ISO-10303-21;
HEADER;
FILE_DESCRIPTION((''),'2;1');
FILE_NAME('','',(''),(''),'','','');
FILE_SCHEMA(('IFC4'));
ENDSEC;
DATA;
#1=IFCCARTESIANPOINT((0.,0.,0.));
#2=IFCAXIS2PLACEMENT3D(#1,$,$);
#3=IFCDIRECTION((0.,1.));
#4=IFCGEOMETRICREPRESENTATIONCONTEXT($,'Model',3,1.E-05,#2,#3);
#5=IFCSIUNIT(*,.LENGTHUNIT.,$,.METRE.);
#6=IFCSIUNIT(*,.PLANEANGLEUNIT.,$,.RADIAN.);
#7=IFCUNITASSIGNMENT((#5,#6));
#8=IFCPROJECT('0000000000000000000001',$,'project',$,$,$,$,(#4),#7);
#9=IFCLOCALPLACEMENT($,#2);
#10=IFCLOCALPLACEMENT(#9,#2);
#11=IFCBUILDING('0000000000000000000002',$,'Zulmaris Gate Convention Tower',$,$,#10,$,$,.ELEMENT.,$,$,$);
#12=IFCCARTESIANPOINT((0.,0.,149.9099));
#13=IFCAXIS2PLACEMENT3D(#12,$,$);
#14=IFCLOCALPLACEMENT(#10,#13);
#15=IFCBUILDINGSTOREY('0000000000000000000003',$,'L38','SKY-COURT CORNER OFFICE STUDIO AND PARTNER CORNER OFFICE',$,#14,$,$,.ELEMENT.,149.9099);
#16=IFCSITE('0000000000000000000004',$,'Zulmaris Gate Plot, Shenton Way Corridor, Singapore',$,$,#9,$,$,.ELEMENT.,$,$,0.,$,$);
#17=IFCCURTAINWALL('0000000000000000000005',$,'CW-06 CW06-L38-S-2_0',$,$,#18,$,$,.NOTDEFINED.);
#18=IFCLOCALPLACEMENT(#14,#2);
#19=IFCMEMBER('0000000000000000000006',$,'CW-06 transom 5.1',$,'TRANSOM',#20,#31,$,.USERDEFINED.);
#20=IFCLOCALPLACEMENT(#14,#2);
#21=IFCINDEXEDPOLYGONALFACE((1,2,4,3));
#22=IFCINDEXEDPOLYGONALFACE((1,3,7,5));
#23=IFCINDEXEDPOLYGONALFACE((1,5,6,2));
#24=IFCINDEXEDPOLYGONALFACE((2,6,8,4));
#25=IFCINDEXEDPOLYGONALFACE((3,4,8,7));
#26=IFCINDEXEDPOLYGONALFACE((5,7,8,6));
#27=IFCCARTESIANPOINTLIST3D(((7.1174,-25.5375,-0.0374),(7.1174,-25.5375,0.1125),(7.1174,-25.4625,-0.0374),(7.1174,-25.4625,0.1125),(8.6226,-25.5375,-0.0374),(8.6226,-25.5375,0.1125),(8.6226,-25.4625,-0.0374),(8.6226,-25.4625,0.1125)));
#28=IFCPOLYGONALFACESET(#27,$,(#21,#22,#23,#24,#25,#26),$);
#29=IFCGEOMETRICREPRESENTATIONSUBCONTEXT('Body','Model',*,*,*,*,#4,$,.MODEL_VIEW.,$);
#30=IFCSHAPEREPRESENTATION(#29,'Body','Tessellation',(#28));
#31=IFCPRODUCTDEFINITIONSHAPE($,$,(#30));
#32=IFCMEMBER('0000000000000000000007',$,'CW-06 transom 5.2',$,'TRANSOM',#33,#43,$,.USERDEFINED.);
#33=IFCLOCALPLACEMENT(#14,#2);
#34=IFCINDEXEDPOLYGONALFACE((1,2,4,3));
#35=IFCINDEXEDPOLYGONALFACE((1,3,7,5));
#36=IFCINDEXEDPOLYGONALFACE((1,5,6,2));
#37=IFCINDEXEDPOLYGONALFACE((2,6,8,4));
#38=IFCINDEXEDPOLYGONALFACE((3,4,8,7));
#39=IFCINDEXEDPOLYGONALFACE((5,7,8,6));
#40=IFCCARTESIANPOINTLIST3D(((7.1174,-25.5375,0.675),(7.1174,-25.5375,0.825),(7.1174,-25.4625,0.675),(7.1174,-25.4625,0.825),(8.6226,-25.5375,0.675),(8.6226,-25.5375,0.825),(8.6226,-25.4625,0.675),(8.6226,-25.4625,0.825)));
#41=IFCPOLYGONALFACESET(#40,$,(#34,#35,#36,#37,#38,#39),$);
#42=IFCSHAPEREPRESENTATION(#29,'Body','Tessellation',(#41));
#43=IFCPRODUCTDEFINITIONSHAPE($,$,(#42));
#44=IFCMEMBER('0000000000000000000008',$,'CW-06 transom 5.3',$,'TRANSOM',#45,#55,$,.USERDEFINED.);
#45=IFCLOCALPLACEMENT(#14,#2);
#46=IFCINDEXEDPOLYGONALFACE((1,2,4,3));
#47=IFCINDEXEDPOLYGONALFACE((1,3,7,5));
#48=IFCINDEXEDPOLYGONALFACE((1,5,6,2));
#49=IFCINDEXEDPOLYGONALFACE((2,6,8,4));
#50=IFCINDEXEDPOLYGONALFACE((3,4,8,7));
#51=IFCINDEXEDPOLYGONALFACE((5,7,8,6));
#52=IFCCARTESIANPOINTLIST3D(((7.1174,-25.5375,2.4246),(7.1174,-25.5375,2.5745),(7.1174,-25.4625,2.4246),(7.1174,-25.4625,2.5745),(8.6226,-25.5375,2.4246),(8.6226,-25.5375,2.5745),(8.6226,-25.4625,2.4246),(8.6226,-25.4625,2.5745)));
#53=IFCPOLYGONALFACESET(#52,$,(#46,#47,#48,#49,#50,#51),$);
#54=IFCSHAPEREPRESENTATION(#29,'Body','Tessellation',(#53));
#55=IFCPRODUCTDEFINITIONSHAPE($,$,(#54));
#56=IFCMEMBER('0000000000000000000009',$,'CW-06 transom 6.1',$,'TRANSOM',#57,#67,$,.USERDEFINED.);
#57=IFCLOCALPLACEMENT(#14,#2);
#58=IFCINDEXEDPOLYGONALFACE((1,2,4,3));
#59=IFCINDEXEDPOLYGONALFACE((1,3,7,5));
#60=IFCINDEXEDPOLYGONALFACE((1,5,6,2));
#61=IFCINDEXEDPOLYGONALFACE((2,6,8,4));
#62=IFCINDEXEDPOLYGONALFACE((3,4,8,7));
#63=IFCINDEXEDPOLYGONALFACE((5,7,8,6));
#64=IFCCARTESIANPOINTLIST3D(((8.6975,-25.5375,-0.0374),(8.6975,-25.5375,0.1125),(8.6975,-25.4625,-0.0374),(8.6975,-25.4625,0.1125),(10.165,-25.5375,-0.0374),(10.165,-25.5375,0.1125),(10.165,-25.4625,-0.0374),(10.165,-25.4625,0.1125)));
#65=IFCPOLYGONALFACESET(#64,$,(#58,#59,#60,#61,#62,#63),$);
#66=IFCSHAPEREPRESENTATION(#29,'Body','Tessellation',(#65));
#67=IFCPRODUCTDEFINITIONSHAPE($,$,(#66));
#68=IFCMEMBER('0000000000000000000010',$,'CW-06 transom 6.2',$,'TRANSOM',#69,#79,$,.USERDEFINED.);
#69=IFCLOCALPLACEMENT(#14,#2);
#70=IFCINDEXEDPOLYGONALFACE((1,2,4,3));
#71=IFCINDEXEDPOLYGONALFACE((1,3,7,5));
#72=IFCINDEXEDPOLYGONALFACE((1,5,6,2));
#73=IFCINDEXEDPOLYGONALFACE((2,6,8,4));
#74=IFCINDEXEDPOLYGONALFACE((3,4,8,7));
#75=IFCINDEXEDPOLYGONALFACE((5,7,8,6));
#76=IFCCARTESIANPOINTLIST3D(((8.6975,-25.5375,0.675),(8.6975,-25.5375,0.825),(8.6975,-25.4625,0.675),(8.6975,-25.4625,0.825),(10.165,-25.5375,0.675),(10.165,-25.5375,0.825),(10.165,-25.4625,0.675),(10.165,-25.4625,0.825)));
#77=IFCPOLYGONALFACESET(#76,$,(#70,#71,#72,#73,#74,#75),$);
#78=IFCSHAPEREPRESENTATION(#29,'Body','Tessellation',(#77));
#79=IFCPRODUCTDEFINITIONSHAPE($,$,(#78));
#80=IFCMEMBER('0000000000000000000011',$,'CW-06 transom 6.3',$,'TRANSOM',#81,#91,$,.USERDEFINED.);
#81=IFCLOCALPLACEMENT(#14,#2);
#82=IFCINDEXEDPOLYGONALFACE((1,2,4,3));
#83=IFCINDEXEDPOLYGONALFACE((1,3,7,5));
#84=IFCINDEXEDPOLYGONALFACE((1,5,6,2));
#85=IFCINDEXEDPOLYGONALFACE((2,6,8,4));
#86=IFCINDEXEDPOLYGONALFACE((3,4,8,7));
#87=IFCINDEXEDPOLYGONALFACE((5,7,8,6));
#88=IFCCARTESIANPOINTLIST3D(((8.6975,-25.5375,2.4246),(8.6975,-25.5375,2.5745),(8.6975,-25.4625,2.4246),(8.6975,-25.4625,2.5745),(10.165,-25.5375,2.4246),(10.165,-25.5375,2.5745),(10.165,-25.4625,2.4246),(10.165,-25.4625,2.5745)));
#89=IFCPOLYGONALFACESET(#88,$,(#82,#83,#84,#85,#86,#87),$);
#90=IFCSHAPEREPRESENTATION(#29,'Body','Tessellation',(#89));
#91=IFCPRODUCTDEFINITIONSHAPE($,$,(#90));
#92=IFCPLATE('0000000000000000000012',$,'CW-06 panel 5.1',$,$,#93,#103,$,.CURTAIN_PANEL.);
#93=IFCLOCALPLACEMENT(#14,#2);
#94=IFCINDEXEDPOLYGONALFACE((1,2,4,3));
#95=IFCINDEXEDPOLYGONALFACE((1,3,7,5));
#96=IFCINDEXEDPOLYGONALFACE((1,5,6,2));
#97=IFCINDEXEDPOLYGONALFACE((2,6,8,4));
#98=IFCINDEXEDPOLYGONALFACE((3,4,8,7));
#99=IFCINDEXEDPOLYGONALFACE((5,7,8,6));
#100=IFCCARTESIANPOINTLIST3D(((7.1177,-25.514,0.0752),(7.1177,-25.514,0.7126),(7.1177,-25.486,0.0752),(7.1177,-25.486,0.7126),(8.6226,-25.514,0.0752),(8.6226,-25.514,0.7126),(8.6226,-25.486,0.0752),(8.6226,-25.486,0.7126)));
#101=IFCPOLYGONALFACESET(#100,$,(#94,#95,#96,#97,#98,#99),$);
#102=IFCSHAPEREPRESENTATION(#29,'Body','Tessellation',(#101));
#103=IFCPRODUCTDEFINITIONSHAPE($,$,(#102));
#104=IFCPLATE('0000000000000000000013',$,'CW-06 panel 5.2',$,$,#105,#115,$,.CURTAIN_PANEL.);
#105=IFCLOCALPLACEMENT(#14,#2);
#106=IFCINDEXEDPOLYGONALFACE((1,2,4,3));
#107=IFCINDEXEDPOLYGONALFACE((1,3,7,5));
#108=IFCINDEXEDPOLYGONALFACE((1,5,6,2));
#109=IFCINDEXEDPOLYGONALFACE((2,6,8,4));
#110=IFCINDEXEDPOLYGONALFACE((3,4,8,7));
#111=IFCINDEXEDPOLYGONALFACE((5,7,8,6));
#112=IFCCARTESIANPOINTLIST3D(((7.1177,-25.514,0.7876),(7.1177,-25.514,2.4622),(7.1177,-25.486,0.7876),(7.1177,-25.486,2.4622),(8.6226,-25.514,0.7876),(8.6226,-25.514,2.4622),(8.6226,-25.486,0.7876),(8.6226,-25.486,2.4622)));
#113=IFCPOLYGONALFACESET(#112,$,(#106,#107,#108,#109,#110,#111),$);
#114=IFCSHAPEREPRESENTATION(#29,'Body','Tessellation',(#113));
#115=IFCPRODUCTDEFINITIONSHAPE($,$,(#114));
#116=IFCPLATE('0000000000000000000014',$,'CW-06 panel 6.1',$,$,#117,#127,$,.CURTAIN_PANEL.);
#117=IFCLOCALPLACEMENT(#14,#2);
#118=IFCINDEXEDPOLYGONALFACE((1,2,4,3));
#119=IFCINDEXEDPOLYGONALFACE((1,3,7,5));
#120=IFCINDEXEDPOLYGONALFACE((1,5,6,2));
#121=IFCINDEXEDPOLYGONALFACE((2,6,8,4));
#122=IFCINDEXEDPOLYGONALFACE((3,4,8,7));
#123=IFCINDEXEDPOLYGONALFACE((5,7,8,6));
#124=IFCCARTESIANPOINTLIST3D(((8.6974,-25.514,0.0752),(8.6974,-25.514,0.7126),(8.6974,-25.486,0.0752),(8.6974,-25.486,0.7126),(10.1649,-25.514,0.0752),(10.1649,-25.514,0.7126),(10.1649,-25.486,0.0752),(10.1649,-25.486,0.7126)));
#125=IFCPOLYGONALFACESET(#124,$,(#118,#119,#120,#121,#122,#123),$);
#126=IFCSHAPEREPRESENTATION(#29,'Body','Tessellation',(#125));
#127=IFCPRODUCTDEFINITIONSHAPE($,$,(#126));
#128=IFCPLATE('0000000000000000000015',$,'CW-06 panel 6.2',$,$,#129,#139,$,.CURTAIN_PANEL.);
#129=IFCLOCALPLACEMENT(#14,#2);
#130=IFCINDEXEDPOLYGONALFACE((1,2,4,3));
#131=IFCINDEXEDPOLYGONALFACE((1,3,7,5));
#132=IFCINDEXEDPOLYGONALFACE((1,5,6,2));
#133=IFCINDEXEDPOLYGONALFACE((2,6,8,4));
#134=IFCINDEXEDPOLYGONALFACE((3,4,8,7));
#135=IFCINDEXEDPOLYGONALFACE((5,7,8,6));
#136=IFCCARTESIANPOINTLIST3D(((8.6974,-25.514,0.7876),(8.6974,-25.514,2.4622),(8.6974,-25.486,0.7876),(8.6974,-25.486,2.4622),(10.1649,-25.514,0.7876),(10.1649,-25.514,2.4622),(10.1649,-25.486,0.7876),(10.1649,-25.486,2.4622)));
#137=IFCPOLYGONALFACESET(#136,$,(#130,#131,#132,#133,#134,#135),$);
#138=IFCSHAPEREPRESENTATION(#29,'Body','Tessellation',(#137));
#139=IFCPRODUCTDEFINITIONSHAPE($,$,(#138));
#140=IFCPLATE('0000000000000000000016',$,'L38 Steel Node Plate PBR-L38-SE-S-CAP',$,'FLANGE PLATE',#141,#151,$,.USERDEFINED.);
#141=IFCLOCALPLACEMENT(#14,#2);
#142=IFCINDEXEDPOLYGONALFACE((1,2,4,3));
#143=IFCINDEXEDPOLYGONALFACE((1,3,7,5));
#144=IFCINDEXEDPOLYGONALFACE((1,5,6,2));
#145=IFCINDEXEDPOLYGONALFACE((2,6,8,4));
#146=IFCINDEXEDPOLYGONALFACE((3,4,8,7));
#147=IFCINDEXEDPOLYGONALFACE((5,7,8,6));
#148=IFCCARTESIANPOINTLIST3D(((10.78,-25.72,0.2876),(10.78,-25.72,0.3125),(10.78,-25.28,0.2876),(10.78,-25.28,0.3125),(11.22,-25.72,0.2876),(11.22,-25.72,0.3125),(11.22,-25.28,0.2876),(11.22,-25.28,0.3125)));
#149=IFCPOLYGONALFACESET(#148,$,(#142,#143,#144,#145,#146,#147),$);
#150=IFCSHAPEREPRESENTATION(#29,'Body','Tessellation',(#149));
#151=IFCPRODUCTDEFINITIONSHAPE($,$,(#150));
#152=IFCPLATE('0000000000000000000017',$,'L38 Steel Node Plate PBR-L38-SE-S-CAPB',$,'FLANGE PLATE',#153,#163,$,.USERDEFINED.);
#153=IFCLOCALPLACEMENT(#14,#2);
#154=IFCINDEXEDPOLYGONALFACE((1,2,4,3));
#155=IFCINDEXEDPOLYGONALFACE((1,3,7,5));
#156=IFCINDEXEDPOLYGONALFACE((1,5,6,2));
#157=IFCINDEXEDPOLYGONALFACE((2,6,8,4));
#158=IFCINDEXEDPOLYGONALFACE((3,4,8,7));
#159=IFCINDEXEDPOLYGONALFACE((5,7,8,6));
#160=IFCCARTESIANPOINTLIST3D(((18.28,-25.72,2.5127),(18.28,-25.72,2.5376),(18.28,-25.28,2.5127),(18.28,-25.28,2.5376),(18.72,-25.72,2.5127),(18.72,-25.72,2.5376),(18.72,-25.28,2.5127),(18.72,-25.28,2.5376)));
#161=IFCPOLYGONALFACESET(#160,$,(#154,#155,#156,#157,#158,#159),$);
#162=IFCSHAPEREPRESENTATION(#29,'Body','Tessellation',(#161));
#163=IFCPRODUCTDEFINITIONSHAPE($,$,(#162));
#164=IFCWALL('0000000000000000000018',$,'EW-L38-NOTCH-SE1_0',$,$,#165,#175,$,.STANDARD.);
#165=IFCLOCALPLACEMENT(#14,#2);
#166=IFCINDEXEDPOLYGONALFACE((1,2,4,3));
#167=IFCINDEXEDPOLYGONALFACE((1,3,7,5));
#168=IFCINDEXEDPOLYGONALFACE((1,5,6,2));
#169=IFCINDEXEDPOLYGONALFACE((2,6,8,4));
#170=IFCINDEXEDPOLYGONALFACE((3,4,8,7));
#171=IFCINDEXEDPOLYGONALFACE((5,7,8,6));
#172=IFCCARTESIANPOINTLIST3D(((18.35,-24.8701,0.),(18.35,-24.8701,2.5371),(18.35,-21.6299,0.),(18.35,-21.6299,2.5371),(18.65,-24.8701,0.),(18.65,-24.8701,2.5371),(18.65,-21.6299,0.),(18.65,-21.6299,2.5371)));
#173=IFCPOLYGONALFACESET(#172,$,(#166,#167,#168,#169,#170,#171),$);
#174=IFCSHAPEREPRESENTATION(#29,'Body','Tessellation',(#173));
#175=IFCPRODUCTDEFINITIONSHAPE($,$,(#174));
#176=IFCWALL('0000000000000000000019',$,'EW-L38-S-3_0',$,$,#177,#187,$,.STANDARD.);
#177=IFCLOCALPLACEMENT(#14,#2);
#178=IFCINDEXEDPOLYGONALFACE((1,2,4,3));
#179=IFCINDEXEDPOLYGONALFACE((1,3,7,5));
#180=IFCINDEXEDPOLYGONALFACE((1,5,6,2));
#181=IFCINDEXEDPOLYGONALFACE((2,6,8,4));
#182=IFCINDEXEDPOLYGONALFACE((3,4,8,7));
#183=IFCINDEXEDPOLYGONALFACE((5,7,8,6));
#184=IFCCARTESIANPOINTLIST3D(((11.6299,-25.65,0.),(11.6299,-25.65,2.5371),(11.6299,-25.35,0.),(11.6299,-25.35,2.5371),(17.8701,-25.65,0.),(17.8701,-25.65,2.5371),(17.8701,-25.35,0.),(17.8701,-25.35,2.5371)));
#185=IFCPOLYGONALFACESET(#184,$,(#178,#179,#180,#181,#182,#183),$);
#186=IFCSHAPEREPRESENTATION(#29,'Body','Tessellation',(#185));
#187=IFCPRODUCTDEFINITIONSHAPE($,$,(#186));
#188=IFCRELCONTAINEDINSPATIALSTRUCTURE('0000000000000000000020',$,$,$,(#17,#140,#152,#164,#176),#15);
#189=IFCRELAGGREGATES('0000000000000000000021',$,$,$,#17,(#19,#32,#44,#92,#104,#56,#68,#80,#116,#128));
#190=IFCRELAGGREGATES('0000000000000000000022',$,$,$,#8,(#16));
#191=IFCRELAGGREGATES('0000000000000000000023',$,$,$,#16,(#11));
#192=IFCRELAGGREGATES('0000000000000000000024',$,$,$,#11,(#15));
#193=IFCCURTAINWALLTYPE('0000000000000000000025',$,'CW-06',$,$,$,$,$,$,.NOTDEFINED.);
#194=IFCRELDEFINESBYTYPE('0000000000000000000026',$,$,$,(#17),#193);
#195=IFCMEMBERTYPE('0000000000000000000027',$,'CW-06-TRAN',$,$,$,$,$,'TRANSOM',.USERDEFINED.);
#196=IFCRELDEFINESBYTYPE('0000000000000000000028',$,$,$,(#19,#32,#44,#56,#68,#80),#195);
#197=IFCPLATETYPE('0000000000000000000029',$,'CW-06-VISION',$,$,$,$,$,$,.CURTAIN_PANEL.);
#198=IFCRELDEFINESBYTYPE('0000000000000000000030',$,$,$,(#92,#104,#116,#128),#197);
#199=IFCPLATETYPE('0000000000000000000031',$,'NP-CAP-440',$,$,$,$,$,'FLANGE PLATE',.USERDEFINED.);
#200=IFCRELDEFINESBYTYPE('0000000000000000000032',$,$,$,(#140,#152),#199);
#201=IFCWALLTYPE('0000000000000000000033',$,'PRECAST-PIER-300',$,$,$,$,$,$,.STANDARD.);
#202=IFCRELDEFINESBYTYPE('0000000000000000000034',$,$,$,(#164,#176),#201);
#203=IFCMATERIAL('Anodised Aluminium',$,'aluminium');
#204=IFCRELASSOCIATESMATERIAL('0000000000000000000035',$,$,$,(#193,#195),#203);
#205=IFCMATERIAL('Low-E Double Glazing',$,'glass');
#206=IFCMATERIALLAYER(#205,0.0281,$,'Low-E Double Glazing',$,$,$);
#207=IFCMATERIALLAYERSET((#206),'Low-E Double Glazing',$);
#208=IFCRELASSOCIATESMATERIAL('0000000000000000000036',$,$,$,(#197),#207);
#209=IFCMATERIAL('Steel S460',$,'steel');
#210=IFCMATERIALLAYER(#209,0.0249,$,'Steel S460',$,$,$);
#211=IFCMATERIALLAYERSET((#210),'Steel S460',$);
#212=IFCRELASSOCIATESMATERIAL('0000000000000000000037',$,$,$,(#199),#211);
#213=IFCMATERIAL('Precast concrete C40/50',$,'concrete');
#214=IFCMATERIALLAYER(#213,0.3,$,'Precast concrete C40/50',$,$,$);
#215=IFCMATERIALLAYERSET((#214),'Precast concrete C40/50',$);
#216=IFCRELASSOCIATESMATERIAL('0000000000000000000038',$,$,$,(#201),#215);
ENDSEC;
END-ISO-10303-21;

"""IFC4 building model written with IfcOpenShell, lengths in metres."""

from ifc_helpers import new_model, si_unit, direction, frame, frame_2d, origin, origin_2d, place, context, subcontext, project, spatial, rectangle, extrude, material, layer, layer_set, material_profile, profile_set, type_object, element, aggregate, save


model = new_model("IFC4")

# Units and contexts
model_context = context("Model", 3, precision=1e-05, world=origin(), true_north=direction((0.0, 1.0)))
body_context = subcontext(model_context, "Body", "Model", "MODEL_VIEW")
ifc_project = project(units=[si_unit("LENGTHUNIT", "METRE"), si_unit("PLANEANGLEUNIT", "RADIAN")], contexts=[model_context])

# Site, building, storey
site_placement = place(None, origin())
site = spatial("IfcSite", under=ifc_project, at=site_placement, Name="Zulmaris Gate Plot, Shenton Way Corridor, Singapore", CompositionType="ELEMENT", RefElevation=0.0)
building_placement = place(site_placement, origin())
building = spatial("IfcBuilding", under=site, at=building_placement, Name="Zulmaris Gate Convention Tower", CompositionType="ELEMENT")
storey_placement = place(building_placement, frame((0.0, 0.0, 149.9099)))
storey = spatial("IfcBuildingStorey", under=building, at=storey_placement, Name="L38", Description="SKY-COURT CORNER OFFICE STUDIO AND PARTNER CORNER OFFICE", CompositionType="ELEMENT", Elevation=149.9099)

# Shared definitions
ifc_material_1 = material(Name="Steel S460", Category="steel")

# Curtain wall, members, plates
ifc_material_2 = material(Name="Anodised Aluminium", Category="aluminium")
curtain_wall_type = type_object("IfcCurtainWallType", Name="CW-06", PredefinedType="NOTDEFINED", material=ifc_material_2)
curtain_wall_placement = place(storey_placement, origin())
curtain_wall = element("IfcCurtainWall", 1, at=curtain_wall_placement, inside=storey, type_object=curtain_wall_type, Name="CW-06 CW06-L38-S-2_0", PredefinedType="NOTDEFINED")
ifc_material_profile_1 = material_profile(ifc_material_2, rectangle(XDim=0.075, YDim=0.1499, at=origin_2d()), Name="ALU TRANSOM 75x150")
ifc_profile_set_1 = profile_set([ifc_material_profile_1], Name="Anodised Aluminium")
member_type_1 = type_object("IfcMemberType", Name="CW-06-TRAN", ElementType="TRANSOM", PredefinedType="USERDEFINED", material=ifc_profile_set_1)
member_1_placement = place(storey_placement, frame((7.1174, -25.5, 0.0376), z_axis=(1.0, 0.0, 0.0), x_axis=(0.0, 1.0, 0.0)))
member_1 = element("IfcMember", 2, at=member_1_placement, type_object=member_type_1, Name="CW-06 transom 5.1", ObjectType="TRANSOM", PredefinedType="USERDEFINED", context=body_context, shape_type="SweptSolid", body=[
    extrude(rectangle(XDim=0.075, YDim=0.1499, at=origin_2d()), origin(), (0.0, 0.0, 1.0), 1.5051),
])
member_2_placement = place(storey_placement, frame((7.1174, -25.5, 0.75), z_axis=(1.0, 0.0, 0.0), x_axis=(0.0, 1.0, 0.0)))
member_2 = element("IfcMember", 3, at=member_2_placement, type_object=member_type_1, Name="CW-06 transom 5.2", ObjectType="TRANSOM", PredefinedType="USERDEFINED", context=body_context, shape_type="SweptSolid", body=[
    extrude(rectangle(XDim=0.075, YDim=0.1499, at=origin_2d()), origin(), (0.0, 0.0, 1.0), 1.5051),
])
member_3_placement = place(storey_placement, frame((7.1174, -25.5, 2.4995), z_axis=(1.0, 0.0, 0.0), x_axis=(0.0, 1.0, 0.0)))
member_3 = element("IfcMember", 4, at=member_3_placement, type_object=member_type_1, Name="CW-06 transom 5.3", ObjectType="TRANSOM", PredefinedType="USERDEFINED", context=body_context, shape_type="SweptSolid", body=[
    extrude(rectangle(XDim=0.075, YDim=0.1499, at=origin_2d()), origin(), (0.0, 0.0, 1.0), 1.5051),
])
member_4_placement = place(storey_placement, frame((8.6975, -25.5, 0.0376), z_axis=(1.0, 0.0, 0.0), x_axis=(0.0, 1.0, 0.0)))
member_4 = element("IfcMember", 5, at=member_4_placement, type_object=member_type_1, Name="CW-06 transom 6.1", ObjectType="TRANSOM", PredefinedType="USERDEFINED", context=body_context, shape_type="SweptSolid", body=[
    extrude(rectangle(XDim=0.075, YDim=0.1499, at=origin_2d()), origin(), (0.0, 0.0, 1.0), 1.4675),
])
member_5_placement = place(storey_placement, frame((8.6975, -25.5, 0.75), z_axis=(1.0, 0.0, 0.0), x_axis=(0.0, 1.0, 0.0)))
member_5 = element("IfcMember", 6, at=member_5_placement, type_object=member_type_1, Name="CW-06 transom 6.2", ObjectType="TRANSOM", PredefinedType="USERDEFINED", context=body_context, shape_type="SweptSolid", body=[
    extrude(rectangle(XDim=0.075, YDim=0.1499, at=origin_2d()), origin(), (0.0, 0.0, 1.0), 1.4675),
])
member_6_placement = place(storey_placement, frame((8.6975, -25.5, 2.4995), z_axis=(1.0, 0.0, 0.0), x_axis=(0.0, 1.0, 0.0)))
member_6 = element("IfcMember", 7, at=member_6_placement, type_object=member_type_1, Name="CW-06 transom 6.3", ObjectType="TRANSOM", PredefinedType="USERDEFINED", context=body_context, shape_type="SweptSolid", body=[
    extrude(rectangle(XDim=0.075, YDim=0.1499, at=origin_2d()), origin(), (0.0, 0.0, 1.0), 1.4675),
])
ifc_material_3 = material(Name="Low-E Double Glazing", Category="glass")
ifc_layer_1 = layer(ifc_material_3, 0.0281, Name="Low-E Double Glazing")
ifc_layer_set_1 = layer_set([ifc_layer_1], Name="Low-E Double Glazing")
plate_type_1 = type_object("IfcPlateType", Name="CW-06-VISION", PredefinedType="CURTAIN_PANEL", material=ifc_layer_set_1)
plate_1_placement = place(storey_placement, frame((7.8701, -25.5, 0.0752), z_axis=(0.0, 0.0, 1.0), x_axis=(1.0, 0.0, 0.0)))
plate_1 = element("IfcPlate", 8, at=plate_1_placement, type_object=plate_type_1, Name="CW-06 panel 5.1", PredefinedType="CURTAIN_PANEL", context=body_context, shape_type="SweptSolid", body=[
    extrude(rectangle(XDim=1.5049, YDim=0.0281, at=origin_2d()), origin(), (0.0, 0.0, 1.0), 0.6375),
])
plate_2_placement = place(storey_placement, frame((7.8701, -25.5, 0.7876), z_axis=(0.0, 0.0, 1.0), x_axis=(1.0, 0.0, 0.0)))
plate_2 = element("IfcPlate", 9, at=plate_2_placement, type_object=plate_type_1, Name="CW-06 panel 5.2", PredefinedType="CURTAIN_PANEL", context=body_context, shape_type="SweptSolid", body=[
    extrude(rectangle(XDim=1.5049, YDim=0.0281, at=origin_2d()), origin(), (0.0, 0.0, 1.0), 1.6746),
])
plate_3_placement = place(storey_placement, frame((9.4312, -25.5, 0.0752), z_axis=(0.0, 0.0, 1.0), x_axis=(1.0, 0.0, 0.0)))
plate_3 = element("IfcPlate", 10, at=plate_3_placement, type_object=plate_type_1, Name="CW-06 panel 6.1", PredefinedType="CURTAIN_PANEL", context=body_context, shape_type="SweptSolid", body=[
    extrude(rectangle(XDim=1.4675, YDim=0.0281, at=origin_2d()), origin(), (0.0, 0.0, 1.0), 0.6375),
])
plate_4_placement = place(storey_placement, frame((9.4312, -25.5, 0.7876), z_axis=(0.0, 0.0, 1.0), x_axis=(1.0, 0.0, 0.0)))
plate_4 = element("IfcPlate", 11, at=plate_4_placement, type_object=plate_type_1, Name="CW-06 panel 6.2", PredefinedType="CURTAIN_PANEL", context=body_context, shape_type="SweptSolid", body=[
    extrude(rectangle(XDim=1.4675, YDim=0.0281, at=origin_2d()), origin(), (0.0, 0.0, 1.0), 1.6746),
])
aggregate(curtain_wall, [member_1, member_2, member_3, plate_1, plate_2, member_4, member_5, member_6, plate_3, plate_4])

# Plates
ifc_layer_2 = layer(ifc_material_1, 0.0249, Name="Steel S460")
ifc_layer_set_2 = layer_set([ifc_layer_2], Name="Steel S460")
plate_type_2 = type_object("IfcPlateType", Name="NP-CAP-440", ElementType="FLANGE PLATE", PredefinedType="USERDEFINED", material=ifc_layer_set_2)
for number, where, z_axis, x_axis, name in (
    (12, (11.0, -25.5, 0.2876), (0.0, 0.0, 1.0), (1.0, 0.0, 0.0), "L38 Steel Node Plate PBR-L38-SE-S-CAP"),
    (13, (18.5, -25.5, 2.5127), (0.0, 0.0, 1.0), (1.0, 0.0, 0.0), "L38 Steel Node Plate PBR-L38-SE-S-CAPB"),
):
    element("IfcPlate", number, at=place(storey_placement, frame(where, z_axis=z_axis, x_axis=x_axis)), inside=storey, type_object=plate_type_2, Name=name, ObjectType="FLANGE PLATE", PredefinedType="USERDEFINED", context=body_context, shape_type="SweptSolid", body=[
        extrude(rectangle(XDim=0.4399, YDim=0.4399, at=origin_2d()), origin(), (0.0, 0.0, 1.0), 0.0249),
    ])

# Walls
ifc_material_4 = material(Name="Precast concrete C40/50", Category="concrete")
ifc_layer_3 = layer(ifc_material_4, 0.3, Name="Precast concrete C40/50")
ifc_layer_set_3 = layer_set([ifc_layer_3], Name="Precast concrete C40/50")
wall_type = type_object("IfcWallType", Name="PRECAST-PIER-300", PredefinedType="STANDARD", material=ifc_layer_set_3)
wall_1_placement = place(storey_placement, frame((18.5, -24.8701, 0.0), z_axis=(0.0, 0.0, 1.0), x_axis=(0.0, 1.0, 0.0)))
element("IfcWall", 14, at=wall_1_placement, inside=storey, type_object=wall_type, Name="EW-L38-NOTCH-SE1_0", PredefinedType="STANDARD", context=body_context, shape_type="SweptSolid", body=[
    extrude(rectangle(XDim=3.2402, YDim=0.3, at=frame_2d((1.6201, 0.0))), origin(), (0.0, 0.0, 1.0), 2.5371),
])
wall_2_placement = place(storey_placement, frame((11.6299, -25.5, 0.0), z_axis=(0.0, 0.0, 1.0), x_axis=(1.0, 0.0, 0.0)))
element("IfcWall", 15, at=wall_2_placement, inside=storey, type_object=wall_type, Name="EW-L38-S-3_0", PredefinedType="STANDARD", context=body_context, shape_type="SweptSolid", body=[
    extrude(rectangle(XDim=6.2402, YDim=0.3, at=frame_2d((3.1201, 0.0))), origin(), (0.0, 0.0, 1.0), 2.5371),
])

save(model, "model.ifc")
